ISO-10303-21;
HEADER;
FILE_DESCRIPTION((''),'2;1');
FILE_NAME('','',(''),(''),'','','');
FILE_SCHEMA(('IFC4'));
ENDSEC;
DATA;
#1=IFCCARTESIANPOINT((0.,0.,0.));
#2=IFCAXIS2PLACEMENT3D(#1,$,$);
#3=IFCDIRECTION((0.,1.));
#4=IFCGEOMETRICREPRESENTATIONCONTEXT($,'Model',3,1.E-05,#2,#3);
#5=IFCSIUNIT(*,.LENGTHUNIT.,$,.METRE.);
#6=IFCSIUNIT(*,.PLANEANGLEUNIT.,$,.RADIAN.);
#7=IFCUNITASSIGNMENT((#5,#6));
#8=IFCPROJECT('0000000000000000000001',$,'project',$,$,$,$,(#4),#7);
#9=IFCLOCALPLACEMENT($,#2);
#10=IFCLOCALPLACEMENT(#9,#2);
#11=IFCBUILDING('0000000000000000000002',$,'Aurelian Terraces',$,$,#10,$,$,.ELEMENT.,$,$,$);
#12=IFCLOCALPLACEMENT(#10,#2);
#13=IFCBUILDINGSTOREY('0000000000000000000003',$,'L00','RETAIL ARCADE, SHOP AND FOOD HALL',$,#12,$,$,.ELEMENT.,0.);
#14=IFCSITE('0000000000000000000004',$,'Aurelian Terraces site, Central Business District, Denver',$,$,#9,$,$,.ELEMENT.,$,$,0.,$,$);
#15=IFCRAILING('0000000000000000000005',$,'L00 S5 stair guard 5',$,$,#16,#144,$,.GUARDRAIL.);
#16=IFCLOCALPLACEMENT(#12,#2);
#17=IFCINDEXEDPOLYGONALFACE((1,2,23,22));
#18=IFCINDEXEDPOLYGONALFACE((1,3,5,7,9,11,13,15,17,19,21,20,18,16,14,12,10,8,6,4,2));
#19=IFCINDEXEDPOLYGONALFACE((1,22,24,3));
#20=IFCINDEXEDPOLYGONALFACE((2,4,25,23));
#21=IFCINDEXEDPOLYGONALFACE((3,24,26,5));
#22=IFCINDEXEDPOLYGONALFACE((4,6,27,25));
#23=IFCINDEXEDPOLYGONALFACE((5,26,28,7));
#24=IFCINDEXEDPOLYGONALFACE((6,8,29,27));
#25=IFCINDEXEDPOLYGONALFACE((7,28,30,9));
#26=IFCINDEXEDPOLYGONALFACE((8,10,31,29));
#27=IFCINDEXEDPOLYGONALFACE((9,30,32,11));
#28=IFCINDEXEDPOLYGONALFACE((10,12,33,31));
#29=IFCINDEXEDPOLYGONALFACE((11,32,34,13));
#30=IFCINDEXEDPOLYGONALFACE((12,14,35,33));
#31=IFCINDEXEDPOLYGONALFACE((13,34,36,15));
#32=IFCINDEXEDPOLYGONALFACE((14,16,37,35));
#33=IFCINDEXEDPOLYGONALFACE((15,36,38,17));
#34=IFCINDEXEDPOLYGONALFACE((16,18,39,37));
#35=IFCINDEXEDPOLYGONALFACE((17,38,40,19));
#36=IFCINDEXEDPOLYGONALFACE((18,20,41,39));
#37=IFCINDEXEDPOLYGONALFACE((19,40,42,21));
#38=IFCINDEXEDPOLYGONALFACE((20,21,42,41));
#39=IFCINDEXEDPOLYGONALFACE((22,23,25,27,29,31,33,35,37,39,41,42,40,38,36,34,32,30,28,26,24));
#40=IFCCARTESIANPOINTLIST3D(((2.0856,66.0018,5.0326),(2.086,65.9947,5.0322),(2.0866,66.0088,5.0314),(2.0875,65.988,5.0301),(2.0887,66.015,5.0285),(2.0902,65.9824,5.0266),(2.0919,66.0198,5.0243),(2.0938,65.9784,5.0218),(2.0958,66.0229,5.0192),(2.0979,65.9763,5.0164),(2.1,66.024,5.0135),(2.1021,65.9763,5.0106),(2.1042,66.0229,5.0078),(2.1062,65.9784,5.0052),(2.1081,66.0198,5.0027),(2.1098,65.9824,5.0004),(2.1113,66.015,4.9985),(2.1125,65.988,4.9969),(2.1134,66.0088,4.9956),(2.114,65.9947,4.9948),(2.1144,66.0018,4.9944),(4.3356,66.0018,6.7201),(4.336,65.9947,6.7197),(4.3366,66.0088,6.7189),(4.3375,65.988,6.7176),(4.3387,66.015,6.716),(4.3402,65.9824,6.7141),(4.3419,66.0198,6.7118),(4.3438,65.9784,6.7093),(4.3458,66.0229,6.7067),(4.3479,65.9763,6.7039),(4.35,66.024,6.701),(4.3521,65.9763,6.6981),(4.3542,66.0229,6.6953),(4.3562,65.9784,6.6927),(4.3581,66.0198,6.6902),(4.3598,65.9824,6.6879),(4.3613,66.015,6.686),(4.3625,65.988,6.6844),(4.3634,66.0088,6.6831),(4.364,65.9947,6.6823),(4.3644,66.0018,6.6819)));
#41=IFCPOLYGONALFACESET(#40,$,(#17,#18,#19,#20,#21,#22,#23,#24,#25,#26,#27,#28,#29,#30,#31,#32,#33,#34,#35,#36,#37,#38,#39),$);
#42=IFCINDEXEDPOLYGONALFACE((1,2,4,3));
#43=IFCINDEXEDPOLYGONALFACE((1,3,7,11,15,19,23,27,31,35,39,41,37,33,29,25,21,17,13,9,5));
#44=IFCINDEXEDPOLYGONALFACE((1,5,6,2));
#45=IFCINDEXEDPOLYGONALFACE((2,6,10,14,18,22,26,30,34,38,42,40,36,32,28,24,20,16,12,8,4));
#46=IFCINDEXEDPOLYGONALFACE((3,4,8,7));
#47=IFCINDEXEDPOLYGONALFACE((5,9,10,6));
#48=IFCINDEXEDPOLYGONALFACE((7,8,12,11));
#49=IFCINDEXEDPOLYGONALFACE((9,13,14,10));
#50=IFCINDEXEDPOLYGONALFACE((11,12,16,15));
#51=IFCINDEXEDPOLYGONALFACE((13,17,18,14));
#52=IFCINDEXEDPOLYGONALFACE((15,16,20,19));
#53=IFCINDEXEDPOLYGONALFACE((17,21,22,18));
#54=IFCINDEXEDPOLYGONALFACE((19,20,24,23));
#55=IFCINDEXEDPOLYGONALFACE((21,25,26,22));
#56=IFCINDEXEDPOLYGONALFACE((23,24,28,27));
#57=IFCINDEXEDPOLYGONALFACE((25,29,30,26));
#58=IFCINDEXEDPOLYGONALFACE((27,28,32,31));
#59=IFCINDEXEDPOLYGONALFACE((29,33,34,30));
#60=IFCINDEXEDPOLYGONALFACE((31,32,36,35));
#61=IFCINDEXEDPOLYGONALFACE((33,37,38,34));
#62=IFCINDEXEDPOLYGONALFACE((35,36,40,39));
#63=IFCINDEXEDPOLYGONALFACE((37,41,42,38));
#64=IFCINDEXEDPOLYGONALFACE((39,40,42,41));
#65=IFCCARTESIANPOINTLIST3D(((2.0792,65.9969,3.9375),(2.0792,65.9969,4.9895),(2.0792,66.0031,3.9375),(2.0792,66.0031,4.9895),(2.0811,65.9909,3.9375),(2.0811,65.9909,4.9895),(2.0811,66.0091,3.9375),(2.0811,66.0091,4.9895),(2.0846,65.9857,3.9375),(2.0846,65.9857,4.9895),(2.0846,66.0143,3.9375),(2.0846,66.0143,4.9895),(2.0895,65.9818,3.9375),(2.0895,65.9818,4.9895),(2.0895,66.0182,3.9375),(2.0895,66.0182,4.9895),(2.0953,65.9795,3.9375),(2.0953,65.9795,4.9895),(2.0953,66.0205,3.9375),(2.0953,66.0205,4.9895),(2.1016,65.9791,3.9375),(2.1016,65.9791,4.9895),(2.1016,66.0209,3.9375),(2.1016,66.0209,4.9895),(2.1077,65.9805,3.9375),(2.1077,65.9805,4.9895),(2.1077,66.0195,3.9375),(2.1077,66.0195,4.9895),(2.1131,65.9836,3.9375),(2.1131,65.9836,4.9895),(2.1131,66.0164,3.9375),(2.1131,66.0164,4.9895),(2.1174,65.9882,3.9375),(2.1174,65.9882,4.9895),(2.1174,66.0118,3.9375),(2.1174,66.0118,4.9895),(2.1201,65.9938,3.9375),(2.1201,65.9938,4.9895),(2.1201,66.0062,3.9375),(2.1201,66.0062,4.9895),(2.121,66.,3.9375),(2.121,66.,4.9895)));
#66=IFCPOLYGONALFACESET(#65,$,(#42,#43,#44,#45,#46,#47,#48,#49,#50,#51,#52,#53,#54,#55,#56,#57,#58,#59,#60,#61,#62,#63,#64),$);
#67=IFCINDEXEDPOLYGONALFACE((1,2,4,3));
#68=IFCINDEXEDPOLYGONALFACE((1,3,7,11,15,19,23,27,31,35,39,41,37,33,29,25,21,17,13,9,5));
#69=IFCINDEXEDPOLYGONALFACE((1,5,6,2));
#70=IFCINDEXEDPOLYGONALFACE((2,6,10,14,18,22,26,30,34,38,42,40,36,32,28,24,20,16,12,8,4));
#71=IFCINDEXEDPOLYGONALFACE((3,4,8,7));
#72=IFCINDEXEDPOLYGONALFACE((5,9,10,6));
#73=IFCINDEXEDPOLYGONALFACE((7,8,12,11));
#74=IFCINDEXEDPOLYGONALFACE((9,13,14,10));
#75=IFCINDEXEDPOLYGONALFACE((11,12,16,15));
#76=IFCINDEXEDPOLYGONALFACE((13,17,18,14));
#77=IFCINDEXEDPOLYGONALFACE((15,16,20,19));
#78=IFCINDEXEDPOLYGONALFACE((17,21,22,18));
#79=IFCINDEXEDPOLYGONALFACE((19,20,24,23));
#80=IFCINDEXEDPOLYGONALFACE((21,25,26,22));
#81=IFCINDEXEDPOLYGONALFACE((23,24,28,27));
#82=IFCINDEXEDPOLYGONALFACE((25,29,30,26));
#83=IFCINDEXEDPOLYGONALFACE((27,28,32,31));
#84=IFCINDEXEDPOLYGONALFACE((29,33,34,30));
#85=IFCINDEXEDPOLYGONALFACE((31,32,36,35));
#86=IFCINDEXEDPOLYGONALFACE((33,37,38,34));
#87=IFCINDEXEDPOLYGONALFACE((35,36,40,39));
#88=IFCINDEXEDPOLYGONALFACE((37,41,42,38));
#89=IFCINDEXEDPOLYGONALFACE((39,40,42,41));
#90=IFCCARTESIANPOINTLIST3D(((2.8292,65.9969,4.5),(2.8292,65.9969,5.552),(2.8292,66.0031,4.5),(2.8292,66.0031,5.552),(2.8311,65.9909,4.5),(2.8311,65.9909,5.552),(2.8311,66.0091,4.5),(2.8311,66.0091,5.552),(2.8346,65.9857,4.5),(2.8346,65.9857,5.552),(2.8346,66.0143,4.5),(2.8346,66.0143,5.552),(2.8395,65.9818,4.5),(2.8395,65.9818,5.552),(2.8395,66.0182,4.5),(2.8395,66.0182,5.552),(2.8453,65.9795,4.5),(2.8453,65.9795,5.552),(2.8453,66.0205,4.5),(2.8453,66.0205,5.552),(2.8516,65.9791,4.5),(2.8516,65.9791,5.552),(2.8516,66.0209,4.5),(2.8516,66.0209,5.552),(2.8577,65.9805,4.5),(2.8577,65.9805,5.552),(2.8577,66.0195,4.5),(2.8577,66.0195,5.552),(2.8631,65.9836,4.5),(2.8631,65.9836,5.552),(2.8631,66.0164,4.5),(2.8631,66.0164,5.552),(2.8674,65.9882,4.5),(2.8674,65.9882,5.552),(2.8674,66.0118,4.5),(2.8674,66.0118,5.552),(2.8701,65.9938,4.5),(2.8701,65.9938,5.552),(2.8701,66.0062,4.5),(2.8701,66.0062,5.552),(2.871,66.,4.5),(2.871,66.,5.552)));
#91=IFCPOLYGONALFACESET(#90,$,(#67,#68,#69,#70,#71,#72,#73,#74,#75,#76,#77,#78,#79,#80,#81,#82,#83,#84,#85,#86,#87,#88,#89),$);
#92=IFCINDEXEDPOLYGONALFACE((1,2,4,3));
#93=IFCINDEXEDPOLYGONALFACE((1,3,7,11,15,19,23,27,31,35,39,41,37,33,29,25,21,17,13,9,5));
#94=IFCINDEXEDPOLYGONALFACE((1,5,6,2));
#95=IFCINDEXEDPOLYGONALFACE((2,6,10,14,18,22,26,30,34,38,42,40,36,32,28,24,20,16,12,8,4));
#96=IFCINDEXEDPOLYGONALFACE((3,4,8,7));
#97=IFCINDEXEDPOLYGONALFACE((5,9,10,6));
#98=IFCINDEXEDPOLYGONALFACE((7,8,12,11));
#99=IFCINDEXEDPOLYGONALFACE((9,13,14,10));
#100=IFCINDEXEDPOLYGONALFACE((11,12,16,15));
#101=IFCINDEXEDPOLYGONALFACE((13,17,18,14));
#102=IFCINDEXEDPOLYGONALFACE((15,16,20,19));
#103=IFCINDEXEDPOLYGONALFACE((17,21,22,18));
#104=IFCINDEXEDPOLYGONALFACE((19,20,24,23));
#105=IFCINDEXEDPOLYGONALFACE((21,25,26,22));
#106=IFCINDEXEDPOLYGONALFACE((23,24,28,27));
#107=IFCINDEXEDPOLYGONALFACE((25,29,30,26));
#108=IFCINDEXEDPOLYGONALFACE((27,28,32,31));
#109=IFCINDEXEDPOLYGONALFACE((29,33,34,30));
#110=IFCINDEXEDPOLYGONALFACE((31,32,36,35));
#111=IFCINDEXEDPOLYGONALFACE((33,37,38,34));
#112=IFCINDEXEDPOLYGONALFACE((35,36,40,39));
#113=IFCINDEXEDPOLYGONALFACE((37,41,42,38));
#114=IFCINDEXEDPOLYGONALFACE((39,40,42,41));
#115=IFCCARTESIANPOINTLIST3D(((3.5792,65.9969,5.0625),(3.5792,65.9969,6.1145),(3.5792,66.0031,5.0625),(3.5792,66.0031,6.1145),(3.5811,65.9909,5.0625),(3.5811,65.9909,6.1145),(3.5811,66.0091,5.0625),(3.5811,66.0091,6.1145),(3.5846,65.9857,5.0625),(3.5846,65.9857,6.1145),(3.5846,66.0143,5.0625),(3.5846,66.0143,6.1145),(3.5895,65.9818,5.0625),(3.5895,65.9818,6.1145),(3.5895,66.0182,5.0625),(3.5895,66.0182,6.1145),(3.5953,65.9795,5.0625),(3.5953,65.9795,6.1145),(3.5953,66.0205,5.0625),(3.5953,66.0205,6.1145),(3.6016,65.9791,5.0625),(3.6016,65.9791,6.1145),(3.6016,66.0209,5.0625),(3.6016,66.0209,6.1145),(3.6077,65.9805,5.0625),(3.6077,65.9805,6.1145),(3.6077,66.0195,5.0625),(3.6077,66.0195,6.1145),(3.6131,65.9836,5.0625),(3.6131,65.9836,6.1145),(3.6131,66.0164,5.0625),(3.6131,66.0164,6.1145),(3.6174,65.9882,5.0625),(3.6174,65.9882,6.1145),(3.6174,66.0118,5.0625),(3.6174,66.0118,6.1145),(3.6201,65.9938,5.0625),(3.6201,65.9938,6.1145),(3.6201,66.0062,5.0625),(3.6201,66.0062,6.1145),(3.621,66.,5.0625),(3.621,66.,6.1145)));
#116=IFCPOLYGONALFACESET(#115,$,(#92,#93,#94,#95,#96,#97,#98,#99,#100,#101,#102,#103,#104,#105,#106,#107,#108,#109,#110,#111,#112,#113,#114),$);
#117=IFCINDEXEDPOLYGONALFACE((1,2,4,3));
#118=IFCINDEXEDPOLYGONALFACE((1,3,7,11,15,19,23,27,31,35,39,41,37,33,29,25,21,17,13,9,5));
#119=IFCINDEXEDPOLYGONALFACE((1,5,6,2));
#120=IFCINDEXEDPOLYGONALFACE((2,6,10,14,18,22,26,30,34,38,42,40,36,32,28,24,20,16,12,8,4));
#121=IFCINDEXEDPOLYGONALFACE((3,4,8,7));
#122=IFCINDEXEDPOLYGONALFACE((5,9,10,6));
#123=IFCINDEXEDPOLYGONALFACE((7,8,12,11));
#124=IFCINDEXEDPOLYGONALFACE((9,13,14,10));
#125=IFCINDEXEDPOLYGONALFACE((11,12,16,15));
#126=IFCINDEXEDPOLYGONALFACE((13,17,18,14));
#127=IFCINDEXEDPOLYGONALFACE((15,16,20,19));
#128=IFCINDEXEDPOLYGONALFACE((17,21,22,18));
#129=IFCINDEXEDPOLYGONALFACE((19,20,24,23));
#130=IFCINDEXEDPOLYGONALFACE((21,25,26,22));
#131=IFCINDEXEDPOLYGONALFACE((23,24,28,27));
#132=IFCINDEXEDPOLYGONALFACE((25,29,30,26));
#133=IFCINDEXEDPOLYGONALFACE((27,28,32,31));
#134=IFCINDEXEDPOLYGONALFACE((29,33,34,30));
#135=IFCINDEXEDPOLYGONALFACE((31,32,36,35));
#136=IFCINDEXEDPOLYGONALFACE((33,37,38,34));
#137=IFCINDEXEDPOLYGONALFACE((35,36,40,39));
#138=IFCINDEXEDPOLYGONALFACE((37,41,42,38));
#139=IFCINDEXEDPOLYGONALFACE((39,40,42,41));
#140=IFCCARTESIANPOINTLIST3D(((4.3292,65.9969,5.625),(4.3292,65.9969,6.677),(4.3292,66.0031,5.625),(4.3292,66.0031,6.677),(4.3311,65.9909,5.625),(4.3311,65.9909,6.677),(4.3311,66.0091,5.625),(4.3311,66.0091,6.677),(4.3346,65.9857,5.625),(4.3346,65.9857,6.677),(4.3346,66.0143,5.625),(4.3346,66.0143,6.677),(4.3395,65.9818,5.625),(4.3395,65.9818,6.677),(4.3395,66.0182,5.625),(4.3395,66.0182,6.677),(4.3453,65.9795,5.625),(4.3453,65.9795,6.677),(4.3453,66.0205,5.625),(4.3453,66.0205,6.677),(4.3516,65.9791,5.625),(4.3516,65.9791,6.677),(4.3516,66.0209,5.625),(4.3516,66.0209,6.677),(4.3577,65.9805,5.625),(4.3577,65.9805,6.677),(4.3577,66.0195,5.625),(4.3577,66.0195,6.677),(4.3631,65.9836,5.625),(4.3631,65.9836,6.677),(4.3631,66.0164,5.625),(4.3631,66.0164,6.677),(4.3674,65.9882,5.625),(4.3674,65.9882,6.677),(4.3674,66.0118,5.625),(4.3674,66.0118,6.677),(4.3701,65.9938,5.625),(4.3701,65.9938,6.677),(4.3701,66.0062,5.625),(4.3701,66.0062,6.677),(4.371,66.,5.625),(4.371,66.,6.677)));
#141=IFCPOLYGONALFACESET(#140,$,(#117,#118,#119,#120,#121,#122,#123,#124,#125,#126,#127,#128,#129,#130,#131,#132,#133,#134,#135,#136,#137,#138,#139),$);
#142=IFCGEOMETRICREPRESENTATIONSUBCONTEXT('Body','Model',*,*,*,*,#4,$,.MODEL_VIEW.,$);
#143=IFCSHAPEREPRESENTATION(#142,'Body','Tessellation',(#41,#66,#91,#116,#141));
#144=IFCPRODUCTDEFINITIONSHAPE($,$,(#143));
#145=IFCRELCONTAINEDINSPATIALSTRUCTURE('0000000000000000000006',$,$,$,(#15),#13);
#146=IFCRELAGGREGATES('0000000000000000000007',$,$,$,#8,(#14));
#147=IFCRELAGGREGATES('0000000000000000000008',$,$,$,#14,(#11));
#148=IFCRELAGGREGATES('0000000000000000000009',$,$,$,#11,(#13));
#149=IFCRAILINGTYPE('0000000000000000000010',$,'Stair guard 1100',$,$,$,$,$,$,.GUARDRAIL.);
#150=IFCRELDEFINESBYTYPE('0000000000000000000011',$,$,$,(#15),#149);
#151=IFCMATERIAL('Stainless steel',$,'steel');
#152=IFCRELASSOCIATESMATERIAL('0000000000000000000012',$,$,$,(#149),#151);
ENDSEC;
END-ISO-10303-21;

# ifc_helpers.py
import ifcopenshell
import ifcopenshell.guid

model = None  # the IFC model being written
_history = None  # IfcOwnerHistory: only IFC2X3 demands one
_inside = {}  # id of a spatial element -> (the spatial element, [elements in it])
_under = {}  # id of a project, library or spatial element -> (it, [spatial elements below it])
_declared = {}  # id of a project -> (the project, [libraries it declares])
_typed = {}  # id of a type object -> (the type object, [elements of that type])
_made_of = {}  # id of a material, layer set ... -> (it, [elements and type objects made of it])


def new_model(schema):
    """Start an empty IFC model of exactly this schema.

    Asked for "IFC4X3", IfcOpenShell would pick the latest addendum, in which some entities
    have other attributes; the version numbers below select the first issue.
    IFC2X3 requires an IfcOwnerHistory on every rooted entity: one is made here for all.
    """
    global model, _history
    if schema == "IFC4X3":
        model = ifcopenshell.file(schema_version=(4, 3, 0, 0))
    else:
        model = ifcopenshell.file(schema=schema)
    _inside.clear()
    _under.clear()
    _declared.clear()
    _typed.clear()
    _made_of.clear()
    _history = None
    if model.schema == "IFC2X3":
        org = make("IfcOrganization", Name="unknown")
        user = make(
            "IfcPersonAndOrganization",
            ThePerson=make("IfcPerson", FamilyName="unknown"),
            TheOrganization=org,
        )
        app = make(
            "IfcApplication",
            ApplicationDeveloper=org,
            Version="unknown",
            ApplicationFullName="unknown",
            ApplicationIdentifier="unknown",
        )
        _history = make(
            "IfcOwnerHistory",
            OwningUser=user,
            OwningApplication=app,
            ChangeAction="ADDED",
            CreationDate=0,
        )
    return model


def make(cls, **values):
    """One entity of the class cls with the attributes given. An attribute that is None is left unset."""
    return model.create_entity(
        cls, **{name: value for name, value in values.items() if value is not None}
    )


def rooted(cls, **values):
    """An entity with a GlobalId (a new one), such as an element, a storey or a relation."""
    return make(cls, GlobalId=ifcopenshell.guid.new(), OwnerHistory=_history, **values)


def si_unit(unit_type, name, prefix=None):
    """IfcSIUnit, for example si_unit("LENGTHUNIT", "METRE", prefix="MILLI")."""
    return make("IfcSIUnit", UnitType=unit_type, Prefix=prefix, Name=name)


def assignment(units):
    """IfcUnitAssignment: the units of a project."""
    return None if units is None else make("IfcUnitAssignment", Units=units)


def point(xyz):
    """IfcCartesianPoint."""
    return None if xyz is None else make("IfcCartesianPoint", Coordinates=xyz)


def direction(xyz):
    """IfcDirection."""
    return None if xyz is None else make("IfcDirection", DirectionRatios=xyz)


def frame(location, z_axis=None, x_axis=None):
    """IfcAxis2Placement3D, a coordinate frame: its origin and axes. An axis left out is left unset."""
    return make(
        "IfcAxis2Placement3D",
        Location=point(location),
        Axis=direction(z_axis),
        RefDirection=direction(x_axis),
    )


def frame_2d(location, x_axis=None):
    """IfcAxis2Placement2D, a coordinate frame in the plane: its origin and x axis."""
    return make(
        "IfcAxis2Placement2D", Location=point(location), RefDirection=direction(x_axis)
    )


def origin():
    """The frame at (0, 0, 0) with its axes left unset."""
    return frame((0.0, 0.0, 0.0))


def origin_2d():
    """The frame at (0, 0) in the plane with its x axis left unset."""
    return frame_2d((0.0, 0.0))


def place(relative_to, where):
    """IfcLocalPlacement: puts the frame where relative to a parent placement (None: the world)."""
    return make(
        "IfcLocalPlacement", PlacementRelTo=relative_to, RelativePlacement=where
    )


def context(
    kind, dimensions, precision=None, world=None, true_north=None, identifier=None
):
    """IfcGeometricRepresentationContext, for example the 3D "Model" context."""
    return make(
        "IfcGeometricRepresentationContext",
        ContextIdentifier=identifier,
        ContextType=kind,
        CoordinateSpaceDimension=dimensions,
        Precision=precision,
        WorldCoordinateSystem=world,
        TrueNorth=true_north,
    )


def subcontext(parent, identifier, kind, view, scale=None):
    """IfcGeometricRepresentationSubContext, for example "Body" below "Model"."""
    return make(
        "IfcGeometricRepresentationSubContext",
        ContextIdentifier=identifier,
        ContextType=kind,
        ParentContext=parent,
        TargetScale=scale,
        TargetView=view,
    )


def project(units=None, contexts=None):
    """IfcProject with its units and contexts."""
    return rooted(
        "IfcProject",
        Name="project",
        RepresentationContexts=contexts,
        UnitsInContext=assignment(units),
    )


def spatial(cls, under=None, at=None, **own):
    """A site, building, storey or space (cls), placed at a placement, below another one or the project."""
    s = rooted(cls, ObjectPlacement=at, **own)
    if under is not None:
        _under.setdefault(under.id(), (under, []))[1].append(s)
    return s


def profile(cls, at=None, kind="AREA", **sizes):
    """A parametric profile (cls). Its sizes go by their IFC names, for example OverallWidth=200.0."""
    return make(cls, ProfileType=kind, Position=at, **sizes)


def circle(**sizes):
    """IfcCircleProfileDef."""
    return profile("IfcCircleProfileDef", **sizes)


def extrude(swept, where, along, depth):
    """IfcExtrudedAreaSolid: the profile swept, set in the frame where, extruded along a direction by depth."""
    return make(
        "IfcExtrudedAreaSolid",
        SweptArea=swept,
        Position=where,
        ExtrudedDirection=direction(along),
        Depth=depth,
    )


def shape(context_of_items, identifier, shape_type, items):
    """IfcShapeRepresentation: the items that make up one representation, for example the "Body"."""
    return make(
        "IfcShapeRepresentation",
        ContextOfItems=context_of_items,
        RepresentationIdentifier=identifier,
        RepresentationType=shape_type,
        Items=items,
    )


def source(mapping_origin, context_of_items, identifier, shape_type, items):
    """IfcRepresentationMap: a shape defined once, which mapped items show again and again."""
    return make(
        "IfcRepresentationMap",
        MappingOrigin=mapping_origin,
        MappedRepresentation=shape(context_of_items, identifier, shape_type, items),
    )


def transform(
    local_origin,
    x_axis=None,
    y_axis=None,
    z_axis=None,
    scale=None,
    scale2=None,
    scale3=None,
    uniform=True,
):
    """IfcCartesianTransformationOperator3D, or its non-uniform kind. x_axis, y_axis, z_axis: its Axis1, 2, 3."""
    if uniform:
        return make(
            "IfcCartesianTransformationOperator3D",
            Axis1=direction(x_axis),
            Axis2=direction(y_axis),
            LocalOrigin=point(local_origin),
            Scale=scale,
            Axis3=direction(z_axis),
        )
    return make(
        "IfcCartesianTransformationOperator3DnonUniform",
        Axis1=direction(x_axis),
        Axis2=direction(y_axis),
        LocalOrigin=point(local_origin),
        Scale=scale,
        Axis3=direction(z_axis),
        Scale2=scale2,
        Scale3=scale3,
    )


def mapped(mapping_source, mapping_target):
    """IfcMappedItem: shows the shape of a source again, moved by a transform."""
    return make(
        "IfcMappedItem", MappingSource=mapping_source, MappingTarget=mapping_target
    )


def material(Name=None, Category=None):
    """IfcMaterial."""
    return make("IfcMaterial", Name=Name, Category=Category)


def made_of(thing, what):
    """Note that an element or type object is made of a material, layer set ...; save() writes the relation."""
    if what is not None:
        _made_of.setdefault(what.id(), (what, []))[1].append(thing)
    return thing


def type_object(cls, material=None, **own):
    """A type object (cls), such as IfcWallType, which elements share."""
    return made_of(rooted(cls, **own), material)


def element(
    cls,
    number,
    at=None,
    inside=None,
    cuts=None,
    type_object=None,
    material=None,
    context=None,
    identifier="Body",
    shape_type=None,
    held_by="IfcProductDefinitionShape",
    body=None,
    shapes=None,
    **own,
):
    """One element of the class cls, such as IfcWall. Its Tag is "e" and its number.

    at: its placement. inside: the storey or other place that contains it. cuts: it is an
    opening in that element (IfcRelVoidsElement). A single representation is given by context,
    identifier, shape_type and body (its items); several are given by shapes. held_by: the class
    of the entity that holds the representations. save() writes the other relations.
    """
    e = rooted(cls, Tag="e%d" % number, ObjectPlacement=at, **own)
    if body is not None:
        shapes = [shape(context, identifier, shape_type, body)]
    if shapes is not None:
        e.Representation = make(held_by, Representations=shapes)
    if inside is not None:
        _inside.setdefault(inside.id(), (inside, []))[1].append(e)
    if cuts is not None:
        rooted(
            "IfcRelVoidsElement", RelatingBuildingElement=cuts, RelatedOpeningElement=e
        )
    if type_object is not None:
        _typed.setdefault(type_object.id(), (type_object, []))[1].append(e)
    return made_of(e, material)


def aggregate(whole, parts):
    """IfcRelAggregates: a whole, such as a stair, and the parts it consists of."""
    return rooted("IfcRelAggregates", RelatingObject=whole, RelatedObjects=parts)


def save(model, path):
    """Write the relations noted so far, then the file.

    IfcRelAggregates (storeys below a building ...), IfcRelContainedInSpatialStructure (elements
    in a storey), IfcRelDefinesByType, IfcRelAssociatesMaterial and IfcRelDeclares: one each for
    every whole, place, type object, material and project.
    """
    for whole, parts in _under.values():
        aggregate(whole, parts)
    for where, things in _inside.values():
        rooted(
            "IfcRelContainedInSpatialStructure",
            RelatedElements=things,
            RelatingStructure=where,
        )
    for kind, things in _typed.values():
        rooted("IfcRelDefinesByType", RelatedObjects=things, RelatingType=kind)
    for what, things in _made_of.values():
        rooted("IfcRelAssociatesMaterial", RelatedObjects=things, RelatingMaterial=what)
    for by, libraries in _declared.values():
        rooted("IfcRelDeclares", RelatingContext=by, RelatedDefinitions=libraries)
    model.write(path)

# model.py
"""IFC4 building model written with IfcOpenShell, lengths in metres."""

from ifc_helpers import new_model, si_unit, direction, frame, origin, origin_2d, place, context, subcontext, project, spatial, circle, extrude, source, transform, mapped, material, type_object, element, save


model = new_model("IFC4")

# Units and contexts
model_context = context("Model", 3, precision=1e-05, world=origin(), true_north=direction((0.0, 1.0)))
body_context = subcontext(model_context, "Body", "Model", "MODEL_VIEW")
ifc_project = project(units=[si_unit("LENGTHUNIT", "METRE"), si_unit("PLANEANGLEUNIT", "RADIAN")], contexts=[model_context])

# Site, building, storey
site_placement = place(None, origin())
site = spatial("IfcSite", under=ifc_project, at=site_placement, Name="Aurelian Terraces site, Central Business District, Denver", CompositionType="ELEMENT", RefElevation=0.0)
building_placement = place(site_placement, origin())
building = spatial("IfcBuilding", under=site, at=building_placement, Name="Aurelian Terraces", CompositionType="ELEMENT")
storey_placement = place(building_placement, origin())
storey = spatial("IfcBuildingStorey", under=building, at=storey_placement, Name="L00", Description="RETAIL ARCADE, SHOP AND FOOD HALL", CompositionType="ELEMENT", Elevation=0.0)

# Railing
ifc_material_1 = material(Name="Stainless steel", Category="steel")
railing_type_1 = type_object("IfcRailingType", Name="Stair guard 1100", PredefinedType="GUARDRAIL", material=ifc_material_1)
shared_shape_1 = source(origin(), body_context, "Body", "SweptSolid", [
    extrude(circle(Radius=0.024, at=origin_2d()), frame((0.0, 0.0, 1.076), z_axis=(0.8, 0.0, 0.6), x_axis=(0.0, 1.0, 0.0)), (0.0, 0.0, 1.0), 2.8125),
    extrude(circle(Radius=0.021, at=origin_2d()), origin(), (0.0, 0.0, 1.0), 1.052),
    extrude(circle(Radius=0.021, at=origin_2d()), frame((0.75, 0.0, 0.5625)), (0.0, 0.0, 1.0), 1.052),
    extrude(circle(Radius=0.021, at=origin_2d()), frame((1.5, 0.0, 1.125)), (0.0, 0.0, 1.0), 1.052),
    extrude(circle(Radius=0.021, at=origin_2d()), frame((2.25, 0.0, 1.6875)), (0.0, 0.0, 1.0), 1.052),
])
for number, where, name in (
    (1, (2.1, 66.0, 3.9375), "L00 S5 stair guard 5"),
):
    element("IfcRailing", number, at=place(storey_placement, frame(where)), inside=storey, type_object=railing_type_1, Name=name, PredefinedType="GUARDRAIL", context=body_context, shape_type="MappedRepresentation", body=[
        mapped(shared_shape_1, transform((0.0, 0.0, 0.0), scale=1.0)),
    ])

save(model, "model.ifc")
